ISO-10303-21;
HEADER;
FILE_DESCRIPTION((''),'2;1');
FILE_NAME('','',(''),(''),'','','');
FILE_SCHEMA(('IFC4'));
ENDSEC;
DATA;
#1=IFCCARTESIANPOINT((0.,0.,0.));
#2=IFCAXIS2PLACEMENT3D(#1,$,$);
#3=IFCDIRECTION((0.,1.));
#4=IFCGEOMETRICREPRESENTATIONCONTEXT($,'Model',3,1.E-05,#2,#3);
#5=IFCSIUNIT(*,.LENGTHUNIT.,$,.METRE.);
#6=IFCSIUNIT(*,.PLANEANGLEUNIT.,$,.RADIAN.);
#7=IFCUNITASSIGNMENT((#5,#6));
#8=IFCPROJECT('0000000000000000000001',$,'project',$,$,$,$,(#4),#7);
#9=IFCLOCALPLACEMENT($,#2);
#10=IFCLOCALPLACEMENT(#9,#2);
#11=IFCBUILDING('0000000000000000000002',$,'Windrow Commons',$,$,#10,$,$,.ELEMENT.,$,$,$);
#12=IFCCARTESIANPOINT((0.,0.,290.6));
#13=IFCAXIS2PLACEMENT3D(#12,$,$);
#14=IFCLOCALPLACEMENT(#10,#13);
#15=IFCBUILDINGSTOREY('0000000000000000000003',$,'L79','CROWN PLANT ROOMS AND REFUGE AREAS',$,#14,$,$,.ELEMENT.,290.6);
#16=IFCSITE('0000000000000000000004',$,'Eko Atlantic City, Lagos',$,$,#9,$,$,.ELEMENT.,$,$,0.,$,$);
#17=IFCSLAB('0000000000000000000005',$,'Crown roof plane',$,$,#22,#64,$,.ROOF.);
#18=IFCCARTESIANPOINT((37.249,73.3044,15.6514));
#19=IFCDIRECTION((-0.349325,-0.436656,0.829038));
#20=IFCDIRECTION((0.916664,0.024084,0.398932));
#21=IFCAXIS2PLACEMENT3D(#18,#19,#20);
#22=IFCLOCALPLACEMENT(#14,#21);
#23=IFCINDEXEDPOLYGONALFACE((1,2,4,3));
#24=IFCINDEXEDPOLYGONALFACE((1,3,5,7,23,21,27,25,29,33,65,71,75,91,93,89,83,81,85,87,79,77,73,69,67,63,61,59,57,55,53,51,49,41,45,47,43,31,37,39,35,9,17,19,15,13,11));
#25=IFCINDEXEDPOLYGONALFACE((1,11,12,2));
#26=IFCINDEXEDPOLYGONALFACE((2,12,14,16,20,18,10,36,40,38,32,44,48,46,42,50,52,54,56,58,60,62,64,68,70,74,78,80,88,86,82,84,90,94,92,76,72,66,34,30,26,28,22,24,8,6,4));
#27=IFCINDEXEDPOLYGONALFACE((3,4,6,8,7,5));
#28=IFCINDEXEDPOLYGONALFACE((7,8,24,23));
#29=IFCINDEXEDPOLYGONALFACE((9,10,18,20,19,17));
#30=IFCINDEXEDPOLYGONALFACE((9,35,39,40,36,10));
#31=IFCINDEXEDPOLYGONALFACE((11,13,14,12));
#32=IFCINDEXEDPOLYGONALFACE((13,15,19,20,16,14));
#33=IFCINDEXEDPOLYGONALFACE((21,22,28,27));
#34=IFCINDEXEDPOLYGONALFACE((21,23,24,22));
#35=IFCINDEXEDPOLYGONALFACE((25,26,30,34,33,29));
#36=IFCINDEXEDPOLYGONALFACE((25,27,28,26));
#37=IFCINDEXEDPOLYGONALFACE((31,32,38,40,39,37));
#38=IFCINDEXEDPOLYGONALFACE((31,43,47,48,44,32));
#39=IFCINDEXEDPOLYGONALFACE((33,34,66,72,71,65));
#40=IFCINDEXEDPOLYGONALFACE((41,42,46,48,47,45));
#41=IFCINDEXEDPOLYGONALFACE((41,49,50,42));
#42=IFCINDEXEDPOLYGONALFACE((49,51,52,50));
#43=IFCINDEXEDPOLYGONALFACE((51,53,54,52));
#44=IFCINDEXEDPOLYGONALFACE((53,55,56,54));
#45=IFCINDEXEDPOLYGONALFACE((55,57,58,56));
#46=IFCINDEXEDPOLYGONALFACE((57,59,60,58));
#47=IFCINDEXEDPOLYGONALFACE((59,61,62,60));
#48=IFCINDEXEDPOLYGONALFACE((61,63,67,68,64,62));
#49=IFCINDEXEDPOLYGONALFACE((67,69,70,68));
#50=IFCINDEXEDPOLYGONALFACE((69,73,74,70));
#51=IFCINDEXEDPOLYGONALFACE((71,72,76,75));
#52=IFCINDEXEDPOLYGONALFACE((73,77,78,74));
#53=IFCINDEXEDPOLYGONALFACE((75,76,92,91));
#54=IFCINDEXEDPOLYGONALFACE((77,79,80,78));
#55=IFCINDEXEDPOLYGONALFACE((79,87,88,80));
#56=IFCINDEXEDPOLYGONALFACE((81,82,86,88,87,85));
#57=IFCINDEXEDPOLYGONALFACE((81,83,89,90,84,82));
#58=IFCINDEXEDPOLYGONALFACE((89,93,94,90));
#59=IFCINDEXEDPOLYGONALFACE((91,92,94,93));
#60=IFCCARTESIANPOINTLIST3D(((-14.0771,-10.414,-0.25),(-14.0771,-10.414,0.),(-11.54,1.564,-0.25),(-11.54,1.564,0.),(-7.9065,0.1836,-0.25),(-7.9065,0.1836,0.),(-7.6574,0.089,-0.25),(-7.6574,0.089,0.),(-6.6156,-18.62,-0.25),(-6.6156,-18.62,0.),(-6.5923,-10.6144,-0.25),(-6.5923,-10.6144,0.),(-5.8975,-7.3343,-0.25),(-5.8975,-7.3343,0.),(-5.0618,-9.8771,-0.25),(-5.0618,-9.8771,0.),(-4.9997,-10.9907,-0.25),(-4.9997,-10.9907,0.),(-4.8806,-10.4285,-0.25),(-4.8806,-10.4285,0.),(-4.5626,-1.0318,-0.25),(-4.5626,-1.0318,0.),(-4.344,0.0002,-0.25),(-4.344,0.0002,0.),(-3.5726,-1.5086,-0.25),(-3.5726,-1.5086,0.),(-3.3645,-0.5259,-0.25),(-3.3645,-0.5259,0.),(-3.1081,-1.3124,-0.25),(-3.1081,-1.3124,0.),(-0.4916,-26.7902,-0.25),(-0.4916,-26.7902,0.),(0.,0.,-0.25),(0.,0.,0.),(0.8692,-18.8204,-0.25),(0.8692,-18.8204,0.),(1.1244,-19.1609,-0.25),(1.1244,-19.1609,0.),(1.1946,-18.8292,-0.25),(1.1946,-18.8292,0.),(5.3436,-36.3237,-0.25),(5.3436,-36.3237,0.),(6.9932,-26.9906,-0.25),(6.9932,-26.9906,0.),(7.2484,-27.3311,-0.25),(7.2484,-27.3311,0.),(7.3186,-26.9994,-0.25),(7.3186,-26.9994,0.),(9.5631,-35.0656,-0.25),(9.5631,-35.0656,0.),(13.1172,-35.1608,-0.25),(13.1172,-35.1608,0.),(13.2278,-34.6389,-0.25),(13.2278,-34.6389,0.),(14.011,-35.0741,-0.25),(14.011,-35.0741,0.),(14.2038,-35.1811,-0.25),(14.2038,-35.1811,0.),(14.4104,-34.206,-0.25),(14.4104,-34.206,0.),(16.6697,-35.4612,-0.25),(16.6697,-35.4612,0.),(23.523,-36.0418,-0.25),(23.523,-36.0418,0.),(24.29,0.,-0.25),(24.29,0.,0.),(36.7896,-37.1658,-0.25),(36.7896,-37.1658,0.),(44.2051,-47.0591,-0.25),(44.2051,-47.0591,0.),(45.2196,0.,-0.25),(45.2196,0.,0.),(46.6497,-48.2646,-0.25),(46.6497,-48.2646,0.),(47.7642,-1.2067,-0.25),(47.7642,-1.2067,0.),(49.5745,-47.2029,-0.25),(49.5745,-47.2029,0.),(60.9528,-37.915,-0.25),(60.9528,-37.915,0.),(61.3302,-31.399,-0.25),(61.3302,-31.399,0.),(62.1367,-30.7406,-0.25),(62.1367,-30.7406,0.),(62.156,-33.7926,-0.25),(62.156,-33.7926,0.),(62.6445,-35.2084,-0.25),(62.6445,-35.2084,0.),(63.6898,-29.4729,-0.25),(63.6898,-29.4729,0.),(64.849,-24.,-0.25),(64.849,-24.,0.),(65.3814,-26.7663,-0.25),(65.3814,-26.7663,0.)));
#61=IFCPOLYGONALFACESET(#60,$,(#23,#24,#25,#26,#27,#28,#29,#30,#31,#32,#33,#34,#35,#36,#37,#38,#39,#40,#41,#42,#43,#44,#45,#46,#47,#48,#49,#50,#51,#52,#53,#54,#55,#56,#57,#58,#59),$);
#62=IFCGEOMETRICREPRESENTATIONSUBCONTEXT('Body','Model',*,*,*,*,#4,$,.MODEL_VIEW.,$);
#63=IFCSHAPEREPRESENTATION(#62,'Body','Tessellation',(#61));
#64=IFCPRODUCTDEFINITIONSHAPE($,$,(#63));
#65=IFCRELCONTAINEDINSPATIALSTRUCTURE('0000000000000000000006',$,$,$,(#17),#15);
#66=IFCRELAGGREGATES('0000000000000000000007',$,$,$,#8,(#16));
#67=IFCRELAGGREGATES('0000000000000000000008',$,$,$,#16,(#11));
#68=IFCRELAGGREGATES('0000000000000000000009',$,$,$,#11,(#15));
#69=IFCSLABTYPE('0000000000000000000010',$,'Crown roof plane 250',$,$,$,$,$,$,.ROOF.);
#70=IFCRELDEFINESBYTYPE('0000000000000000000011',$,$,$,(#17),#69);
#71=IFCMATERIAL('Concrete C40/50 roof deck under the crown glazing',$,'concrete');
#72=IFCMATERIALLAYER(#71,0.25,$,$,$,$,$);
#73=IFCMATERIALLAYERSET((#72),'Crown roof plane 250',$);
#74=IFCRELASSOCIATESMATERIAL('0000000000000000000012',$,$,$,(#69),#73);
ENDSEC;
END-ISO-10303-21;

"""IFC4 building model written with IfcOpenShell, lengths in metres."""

from ifc_helpers import new_model, si_unit, direction, frame, origin, place, context, subcontext, project, spatial, polyline, outline, extrude, material, layer, layer_set, type_object, element, save


model = new_model("IFC4")

# Units and contexts
model_context = context("Model", 3, precision=1e-05, world=origin(), true_north=direction((0.0, 1.0)))
body_context = subcontext(model_context, "Body", "Model", "MODEL_VIEW")
ifc_project = project(units=[si_unit("LENGTHUNIT", "METRE"), si_unit("PLANEANGLEUNIT", "RADIAN")], contexts=[model_context])

# Site, building, storey
site_placement = place(None, origin())
site = spatial("IfcSite", under=ifc_project, at=site_placement, Name="Eko Atlantic City, Lagos", CompositionType="ELEMENT", RefElevation=0.0)
building_placement = place(site_placement, origin())
building = spatial("IfcBuilding", under=site, at=building_placement, Name="Windrow Commons", CompositionType="ELEMENT")
storey_placement = place(building_placement, frame((0.0, 0.0, 290.6)))
storey = spatial("IfcBuildingStorey", under=building, at=storey_placement, Name="L79", Description="CROWN PLANT ROOMS AND REFUGE AREAS", CompositionType="ELEMENT", Elevation=290.6)

# Slab
ifc_material_1 = material(Name="Concrete C40/50 roof deck under the crown glazing", Category="concrete")
ifc_layer_1 = layer(ifc_material_1, 0.25)
ifc_layer_set_1 = layer_set([ifc_layer_1], Name="Crown roof plane 250")
slab_type = type_object("IfcSlabType", Name="Crown roof plane 250", PredefinedType="ROOF", material=ifc_layer_set_1)
slab_placement = place(storey_placement, frame((37.249, 73.3044, 15.6514), z_axis=(-0.349325, -0.436656, 0.829038), x_axis=(0.916664, 0.024084, 0.398932)))
element("IfcSlab", 1, at=slab_placement, inside=storey, type_object=slab_type, Name="Crown roof plane", PredefinedType="ROOF", context=body_context, shape_type="SweptSolid", body=[
    extrude(outline(polyline([(0.0, 0.0), (24.29, 0.0), (45.2196, 0.0), (47.7642, -1.2067), (64.849, -24.0), (65.3814, -26.7663), (63.6898, -29.4729), (62.1367, -30.7406), (61.3302, -31.399), (62.156, -33.7926), (62.6445, -35.2084), (60.9528, -37.915), (49.5745, -47.2029), (46.6497, -48.2646), (44.2051, -47.0591), (36.7896, -37.1658), (23.523, -36.0418), (16.6697, -35.4612), (14.4104, -34.206), (14.2038, -35.1811), (14.011, -35.0741), (13.2278, -34.6389), (13.1172, -35.1608), (9.5631, -35.0656), (5.3436, -36.3237), (7.2484, -27.3311), (7.3186, -26.9994), (6.9932, -26.9906), (-0.4916, -26.7902), (1.1244, -19.1609), (1.1946, -18.8292), (0.8692, -18.8204), (-6.6156, -18.62), (-4.9997, -10.9907), (-4.8806, -10.4285), (-5.0618, -9.8771), (-5.8975, -7.3343), (-6.5923, -10.6144), (-14.0771, -10.414), (-11.54, 1.564), (-7.9065, 0.1836), (-7.6574, 0.089), (-4.344, 0.0002), (-4.5626, -1.0318), (-3.3645, -0.5259), (-3.5726, -1.5086), (-3.1081, -1.3124), (0.0, 0.0)])), origin(), (0.0, 0.0, -1.0), 0.25),
])

save(model, "model.ifc")
